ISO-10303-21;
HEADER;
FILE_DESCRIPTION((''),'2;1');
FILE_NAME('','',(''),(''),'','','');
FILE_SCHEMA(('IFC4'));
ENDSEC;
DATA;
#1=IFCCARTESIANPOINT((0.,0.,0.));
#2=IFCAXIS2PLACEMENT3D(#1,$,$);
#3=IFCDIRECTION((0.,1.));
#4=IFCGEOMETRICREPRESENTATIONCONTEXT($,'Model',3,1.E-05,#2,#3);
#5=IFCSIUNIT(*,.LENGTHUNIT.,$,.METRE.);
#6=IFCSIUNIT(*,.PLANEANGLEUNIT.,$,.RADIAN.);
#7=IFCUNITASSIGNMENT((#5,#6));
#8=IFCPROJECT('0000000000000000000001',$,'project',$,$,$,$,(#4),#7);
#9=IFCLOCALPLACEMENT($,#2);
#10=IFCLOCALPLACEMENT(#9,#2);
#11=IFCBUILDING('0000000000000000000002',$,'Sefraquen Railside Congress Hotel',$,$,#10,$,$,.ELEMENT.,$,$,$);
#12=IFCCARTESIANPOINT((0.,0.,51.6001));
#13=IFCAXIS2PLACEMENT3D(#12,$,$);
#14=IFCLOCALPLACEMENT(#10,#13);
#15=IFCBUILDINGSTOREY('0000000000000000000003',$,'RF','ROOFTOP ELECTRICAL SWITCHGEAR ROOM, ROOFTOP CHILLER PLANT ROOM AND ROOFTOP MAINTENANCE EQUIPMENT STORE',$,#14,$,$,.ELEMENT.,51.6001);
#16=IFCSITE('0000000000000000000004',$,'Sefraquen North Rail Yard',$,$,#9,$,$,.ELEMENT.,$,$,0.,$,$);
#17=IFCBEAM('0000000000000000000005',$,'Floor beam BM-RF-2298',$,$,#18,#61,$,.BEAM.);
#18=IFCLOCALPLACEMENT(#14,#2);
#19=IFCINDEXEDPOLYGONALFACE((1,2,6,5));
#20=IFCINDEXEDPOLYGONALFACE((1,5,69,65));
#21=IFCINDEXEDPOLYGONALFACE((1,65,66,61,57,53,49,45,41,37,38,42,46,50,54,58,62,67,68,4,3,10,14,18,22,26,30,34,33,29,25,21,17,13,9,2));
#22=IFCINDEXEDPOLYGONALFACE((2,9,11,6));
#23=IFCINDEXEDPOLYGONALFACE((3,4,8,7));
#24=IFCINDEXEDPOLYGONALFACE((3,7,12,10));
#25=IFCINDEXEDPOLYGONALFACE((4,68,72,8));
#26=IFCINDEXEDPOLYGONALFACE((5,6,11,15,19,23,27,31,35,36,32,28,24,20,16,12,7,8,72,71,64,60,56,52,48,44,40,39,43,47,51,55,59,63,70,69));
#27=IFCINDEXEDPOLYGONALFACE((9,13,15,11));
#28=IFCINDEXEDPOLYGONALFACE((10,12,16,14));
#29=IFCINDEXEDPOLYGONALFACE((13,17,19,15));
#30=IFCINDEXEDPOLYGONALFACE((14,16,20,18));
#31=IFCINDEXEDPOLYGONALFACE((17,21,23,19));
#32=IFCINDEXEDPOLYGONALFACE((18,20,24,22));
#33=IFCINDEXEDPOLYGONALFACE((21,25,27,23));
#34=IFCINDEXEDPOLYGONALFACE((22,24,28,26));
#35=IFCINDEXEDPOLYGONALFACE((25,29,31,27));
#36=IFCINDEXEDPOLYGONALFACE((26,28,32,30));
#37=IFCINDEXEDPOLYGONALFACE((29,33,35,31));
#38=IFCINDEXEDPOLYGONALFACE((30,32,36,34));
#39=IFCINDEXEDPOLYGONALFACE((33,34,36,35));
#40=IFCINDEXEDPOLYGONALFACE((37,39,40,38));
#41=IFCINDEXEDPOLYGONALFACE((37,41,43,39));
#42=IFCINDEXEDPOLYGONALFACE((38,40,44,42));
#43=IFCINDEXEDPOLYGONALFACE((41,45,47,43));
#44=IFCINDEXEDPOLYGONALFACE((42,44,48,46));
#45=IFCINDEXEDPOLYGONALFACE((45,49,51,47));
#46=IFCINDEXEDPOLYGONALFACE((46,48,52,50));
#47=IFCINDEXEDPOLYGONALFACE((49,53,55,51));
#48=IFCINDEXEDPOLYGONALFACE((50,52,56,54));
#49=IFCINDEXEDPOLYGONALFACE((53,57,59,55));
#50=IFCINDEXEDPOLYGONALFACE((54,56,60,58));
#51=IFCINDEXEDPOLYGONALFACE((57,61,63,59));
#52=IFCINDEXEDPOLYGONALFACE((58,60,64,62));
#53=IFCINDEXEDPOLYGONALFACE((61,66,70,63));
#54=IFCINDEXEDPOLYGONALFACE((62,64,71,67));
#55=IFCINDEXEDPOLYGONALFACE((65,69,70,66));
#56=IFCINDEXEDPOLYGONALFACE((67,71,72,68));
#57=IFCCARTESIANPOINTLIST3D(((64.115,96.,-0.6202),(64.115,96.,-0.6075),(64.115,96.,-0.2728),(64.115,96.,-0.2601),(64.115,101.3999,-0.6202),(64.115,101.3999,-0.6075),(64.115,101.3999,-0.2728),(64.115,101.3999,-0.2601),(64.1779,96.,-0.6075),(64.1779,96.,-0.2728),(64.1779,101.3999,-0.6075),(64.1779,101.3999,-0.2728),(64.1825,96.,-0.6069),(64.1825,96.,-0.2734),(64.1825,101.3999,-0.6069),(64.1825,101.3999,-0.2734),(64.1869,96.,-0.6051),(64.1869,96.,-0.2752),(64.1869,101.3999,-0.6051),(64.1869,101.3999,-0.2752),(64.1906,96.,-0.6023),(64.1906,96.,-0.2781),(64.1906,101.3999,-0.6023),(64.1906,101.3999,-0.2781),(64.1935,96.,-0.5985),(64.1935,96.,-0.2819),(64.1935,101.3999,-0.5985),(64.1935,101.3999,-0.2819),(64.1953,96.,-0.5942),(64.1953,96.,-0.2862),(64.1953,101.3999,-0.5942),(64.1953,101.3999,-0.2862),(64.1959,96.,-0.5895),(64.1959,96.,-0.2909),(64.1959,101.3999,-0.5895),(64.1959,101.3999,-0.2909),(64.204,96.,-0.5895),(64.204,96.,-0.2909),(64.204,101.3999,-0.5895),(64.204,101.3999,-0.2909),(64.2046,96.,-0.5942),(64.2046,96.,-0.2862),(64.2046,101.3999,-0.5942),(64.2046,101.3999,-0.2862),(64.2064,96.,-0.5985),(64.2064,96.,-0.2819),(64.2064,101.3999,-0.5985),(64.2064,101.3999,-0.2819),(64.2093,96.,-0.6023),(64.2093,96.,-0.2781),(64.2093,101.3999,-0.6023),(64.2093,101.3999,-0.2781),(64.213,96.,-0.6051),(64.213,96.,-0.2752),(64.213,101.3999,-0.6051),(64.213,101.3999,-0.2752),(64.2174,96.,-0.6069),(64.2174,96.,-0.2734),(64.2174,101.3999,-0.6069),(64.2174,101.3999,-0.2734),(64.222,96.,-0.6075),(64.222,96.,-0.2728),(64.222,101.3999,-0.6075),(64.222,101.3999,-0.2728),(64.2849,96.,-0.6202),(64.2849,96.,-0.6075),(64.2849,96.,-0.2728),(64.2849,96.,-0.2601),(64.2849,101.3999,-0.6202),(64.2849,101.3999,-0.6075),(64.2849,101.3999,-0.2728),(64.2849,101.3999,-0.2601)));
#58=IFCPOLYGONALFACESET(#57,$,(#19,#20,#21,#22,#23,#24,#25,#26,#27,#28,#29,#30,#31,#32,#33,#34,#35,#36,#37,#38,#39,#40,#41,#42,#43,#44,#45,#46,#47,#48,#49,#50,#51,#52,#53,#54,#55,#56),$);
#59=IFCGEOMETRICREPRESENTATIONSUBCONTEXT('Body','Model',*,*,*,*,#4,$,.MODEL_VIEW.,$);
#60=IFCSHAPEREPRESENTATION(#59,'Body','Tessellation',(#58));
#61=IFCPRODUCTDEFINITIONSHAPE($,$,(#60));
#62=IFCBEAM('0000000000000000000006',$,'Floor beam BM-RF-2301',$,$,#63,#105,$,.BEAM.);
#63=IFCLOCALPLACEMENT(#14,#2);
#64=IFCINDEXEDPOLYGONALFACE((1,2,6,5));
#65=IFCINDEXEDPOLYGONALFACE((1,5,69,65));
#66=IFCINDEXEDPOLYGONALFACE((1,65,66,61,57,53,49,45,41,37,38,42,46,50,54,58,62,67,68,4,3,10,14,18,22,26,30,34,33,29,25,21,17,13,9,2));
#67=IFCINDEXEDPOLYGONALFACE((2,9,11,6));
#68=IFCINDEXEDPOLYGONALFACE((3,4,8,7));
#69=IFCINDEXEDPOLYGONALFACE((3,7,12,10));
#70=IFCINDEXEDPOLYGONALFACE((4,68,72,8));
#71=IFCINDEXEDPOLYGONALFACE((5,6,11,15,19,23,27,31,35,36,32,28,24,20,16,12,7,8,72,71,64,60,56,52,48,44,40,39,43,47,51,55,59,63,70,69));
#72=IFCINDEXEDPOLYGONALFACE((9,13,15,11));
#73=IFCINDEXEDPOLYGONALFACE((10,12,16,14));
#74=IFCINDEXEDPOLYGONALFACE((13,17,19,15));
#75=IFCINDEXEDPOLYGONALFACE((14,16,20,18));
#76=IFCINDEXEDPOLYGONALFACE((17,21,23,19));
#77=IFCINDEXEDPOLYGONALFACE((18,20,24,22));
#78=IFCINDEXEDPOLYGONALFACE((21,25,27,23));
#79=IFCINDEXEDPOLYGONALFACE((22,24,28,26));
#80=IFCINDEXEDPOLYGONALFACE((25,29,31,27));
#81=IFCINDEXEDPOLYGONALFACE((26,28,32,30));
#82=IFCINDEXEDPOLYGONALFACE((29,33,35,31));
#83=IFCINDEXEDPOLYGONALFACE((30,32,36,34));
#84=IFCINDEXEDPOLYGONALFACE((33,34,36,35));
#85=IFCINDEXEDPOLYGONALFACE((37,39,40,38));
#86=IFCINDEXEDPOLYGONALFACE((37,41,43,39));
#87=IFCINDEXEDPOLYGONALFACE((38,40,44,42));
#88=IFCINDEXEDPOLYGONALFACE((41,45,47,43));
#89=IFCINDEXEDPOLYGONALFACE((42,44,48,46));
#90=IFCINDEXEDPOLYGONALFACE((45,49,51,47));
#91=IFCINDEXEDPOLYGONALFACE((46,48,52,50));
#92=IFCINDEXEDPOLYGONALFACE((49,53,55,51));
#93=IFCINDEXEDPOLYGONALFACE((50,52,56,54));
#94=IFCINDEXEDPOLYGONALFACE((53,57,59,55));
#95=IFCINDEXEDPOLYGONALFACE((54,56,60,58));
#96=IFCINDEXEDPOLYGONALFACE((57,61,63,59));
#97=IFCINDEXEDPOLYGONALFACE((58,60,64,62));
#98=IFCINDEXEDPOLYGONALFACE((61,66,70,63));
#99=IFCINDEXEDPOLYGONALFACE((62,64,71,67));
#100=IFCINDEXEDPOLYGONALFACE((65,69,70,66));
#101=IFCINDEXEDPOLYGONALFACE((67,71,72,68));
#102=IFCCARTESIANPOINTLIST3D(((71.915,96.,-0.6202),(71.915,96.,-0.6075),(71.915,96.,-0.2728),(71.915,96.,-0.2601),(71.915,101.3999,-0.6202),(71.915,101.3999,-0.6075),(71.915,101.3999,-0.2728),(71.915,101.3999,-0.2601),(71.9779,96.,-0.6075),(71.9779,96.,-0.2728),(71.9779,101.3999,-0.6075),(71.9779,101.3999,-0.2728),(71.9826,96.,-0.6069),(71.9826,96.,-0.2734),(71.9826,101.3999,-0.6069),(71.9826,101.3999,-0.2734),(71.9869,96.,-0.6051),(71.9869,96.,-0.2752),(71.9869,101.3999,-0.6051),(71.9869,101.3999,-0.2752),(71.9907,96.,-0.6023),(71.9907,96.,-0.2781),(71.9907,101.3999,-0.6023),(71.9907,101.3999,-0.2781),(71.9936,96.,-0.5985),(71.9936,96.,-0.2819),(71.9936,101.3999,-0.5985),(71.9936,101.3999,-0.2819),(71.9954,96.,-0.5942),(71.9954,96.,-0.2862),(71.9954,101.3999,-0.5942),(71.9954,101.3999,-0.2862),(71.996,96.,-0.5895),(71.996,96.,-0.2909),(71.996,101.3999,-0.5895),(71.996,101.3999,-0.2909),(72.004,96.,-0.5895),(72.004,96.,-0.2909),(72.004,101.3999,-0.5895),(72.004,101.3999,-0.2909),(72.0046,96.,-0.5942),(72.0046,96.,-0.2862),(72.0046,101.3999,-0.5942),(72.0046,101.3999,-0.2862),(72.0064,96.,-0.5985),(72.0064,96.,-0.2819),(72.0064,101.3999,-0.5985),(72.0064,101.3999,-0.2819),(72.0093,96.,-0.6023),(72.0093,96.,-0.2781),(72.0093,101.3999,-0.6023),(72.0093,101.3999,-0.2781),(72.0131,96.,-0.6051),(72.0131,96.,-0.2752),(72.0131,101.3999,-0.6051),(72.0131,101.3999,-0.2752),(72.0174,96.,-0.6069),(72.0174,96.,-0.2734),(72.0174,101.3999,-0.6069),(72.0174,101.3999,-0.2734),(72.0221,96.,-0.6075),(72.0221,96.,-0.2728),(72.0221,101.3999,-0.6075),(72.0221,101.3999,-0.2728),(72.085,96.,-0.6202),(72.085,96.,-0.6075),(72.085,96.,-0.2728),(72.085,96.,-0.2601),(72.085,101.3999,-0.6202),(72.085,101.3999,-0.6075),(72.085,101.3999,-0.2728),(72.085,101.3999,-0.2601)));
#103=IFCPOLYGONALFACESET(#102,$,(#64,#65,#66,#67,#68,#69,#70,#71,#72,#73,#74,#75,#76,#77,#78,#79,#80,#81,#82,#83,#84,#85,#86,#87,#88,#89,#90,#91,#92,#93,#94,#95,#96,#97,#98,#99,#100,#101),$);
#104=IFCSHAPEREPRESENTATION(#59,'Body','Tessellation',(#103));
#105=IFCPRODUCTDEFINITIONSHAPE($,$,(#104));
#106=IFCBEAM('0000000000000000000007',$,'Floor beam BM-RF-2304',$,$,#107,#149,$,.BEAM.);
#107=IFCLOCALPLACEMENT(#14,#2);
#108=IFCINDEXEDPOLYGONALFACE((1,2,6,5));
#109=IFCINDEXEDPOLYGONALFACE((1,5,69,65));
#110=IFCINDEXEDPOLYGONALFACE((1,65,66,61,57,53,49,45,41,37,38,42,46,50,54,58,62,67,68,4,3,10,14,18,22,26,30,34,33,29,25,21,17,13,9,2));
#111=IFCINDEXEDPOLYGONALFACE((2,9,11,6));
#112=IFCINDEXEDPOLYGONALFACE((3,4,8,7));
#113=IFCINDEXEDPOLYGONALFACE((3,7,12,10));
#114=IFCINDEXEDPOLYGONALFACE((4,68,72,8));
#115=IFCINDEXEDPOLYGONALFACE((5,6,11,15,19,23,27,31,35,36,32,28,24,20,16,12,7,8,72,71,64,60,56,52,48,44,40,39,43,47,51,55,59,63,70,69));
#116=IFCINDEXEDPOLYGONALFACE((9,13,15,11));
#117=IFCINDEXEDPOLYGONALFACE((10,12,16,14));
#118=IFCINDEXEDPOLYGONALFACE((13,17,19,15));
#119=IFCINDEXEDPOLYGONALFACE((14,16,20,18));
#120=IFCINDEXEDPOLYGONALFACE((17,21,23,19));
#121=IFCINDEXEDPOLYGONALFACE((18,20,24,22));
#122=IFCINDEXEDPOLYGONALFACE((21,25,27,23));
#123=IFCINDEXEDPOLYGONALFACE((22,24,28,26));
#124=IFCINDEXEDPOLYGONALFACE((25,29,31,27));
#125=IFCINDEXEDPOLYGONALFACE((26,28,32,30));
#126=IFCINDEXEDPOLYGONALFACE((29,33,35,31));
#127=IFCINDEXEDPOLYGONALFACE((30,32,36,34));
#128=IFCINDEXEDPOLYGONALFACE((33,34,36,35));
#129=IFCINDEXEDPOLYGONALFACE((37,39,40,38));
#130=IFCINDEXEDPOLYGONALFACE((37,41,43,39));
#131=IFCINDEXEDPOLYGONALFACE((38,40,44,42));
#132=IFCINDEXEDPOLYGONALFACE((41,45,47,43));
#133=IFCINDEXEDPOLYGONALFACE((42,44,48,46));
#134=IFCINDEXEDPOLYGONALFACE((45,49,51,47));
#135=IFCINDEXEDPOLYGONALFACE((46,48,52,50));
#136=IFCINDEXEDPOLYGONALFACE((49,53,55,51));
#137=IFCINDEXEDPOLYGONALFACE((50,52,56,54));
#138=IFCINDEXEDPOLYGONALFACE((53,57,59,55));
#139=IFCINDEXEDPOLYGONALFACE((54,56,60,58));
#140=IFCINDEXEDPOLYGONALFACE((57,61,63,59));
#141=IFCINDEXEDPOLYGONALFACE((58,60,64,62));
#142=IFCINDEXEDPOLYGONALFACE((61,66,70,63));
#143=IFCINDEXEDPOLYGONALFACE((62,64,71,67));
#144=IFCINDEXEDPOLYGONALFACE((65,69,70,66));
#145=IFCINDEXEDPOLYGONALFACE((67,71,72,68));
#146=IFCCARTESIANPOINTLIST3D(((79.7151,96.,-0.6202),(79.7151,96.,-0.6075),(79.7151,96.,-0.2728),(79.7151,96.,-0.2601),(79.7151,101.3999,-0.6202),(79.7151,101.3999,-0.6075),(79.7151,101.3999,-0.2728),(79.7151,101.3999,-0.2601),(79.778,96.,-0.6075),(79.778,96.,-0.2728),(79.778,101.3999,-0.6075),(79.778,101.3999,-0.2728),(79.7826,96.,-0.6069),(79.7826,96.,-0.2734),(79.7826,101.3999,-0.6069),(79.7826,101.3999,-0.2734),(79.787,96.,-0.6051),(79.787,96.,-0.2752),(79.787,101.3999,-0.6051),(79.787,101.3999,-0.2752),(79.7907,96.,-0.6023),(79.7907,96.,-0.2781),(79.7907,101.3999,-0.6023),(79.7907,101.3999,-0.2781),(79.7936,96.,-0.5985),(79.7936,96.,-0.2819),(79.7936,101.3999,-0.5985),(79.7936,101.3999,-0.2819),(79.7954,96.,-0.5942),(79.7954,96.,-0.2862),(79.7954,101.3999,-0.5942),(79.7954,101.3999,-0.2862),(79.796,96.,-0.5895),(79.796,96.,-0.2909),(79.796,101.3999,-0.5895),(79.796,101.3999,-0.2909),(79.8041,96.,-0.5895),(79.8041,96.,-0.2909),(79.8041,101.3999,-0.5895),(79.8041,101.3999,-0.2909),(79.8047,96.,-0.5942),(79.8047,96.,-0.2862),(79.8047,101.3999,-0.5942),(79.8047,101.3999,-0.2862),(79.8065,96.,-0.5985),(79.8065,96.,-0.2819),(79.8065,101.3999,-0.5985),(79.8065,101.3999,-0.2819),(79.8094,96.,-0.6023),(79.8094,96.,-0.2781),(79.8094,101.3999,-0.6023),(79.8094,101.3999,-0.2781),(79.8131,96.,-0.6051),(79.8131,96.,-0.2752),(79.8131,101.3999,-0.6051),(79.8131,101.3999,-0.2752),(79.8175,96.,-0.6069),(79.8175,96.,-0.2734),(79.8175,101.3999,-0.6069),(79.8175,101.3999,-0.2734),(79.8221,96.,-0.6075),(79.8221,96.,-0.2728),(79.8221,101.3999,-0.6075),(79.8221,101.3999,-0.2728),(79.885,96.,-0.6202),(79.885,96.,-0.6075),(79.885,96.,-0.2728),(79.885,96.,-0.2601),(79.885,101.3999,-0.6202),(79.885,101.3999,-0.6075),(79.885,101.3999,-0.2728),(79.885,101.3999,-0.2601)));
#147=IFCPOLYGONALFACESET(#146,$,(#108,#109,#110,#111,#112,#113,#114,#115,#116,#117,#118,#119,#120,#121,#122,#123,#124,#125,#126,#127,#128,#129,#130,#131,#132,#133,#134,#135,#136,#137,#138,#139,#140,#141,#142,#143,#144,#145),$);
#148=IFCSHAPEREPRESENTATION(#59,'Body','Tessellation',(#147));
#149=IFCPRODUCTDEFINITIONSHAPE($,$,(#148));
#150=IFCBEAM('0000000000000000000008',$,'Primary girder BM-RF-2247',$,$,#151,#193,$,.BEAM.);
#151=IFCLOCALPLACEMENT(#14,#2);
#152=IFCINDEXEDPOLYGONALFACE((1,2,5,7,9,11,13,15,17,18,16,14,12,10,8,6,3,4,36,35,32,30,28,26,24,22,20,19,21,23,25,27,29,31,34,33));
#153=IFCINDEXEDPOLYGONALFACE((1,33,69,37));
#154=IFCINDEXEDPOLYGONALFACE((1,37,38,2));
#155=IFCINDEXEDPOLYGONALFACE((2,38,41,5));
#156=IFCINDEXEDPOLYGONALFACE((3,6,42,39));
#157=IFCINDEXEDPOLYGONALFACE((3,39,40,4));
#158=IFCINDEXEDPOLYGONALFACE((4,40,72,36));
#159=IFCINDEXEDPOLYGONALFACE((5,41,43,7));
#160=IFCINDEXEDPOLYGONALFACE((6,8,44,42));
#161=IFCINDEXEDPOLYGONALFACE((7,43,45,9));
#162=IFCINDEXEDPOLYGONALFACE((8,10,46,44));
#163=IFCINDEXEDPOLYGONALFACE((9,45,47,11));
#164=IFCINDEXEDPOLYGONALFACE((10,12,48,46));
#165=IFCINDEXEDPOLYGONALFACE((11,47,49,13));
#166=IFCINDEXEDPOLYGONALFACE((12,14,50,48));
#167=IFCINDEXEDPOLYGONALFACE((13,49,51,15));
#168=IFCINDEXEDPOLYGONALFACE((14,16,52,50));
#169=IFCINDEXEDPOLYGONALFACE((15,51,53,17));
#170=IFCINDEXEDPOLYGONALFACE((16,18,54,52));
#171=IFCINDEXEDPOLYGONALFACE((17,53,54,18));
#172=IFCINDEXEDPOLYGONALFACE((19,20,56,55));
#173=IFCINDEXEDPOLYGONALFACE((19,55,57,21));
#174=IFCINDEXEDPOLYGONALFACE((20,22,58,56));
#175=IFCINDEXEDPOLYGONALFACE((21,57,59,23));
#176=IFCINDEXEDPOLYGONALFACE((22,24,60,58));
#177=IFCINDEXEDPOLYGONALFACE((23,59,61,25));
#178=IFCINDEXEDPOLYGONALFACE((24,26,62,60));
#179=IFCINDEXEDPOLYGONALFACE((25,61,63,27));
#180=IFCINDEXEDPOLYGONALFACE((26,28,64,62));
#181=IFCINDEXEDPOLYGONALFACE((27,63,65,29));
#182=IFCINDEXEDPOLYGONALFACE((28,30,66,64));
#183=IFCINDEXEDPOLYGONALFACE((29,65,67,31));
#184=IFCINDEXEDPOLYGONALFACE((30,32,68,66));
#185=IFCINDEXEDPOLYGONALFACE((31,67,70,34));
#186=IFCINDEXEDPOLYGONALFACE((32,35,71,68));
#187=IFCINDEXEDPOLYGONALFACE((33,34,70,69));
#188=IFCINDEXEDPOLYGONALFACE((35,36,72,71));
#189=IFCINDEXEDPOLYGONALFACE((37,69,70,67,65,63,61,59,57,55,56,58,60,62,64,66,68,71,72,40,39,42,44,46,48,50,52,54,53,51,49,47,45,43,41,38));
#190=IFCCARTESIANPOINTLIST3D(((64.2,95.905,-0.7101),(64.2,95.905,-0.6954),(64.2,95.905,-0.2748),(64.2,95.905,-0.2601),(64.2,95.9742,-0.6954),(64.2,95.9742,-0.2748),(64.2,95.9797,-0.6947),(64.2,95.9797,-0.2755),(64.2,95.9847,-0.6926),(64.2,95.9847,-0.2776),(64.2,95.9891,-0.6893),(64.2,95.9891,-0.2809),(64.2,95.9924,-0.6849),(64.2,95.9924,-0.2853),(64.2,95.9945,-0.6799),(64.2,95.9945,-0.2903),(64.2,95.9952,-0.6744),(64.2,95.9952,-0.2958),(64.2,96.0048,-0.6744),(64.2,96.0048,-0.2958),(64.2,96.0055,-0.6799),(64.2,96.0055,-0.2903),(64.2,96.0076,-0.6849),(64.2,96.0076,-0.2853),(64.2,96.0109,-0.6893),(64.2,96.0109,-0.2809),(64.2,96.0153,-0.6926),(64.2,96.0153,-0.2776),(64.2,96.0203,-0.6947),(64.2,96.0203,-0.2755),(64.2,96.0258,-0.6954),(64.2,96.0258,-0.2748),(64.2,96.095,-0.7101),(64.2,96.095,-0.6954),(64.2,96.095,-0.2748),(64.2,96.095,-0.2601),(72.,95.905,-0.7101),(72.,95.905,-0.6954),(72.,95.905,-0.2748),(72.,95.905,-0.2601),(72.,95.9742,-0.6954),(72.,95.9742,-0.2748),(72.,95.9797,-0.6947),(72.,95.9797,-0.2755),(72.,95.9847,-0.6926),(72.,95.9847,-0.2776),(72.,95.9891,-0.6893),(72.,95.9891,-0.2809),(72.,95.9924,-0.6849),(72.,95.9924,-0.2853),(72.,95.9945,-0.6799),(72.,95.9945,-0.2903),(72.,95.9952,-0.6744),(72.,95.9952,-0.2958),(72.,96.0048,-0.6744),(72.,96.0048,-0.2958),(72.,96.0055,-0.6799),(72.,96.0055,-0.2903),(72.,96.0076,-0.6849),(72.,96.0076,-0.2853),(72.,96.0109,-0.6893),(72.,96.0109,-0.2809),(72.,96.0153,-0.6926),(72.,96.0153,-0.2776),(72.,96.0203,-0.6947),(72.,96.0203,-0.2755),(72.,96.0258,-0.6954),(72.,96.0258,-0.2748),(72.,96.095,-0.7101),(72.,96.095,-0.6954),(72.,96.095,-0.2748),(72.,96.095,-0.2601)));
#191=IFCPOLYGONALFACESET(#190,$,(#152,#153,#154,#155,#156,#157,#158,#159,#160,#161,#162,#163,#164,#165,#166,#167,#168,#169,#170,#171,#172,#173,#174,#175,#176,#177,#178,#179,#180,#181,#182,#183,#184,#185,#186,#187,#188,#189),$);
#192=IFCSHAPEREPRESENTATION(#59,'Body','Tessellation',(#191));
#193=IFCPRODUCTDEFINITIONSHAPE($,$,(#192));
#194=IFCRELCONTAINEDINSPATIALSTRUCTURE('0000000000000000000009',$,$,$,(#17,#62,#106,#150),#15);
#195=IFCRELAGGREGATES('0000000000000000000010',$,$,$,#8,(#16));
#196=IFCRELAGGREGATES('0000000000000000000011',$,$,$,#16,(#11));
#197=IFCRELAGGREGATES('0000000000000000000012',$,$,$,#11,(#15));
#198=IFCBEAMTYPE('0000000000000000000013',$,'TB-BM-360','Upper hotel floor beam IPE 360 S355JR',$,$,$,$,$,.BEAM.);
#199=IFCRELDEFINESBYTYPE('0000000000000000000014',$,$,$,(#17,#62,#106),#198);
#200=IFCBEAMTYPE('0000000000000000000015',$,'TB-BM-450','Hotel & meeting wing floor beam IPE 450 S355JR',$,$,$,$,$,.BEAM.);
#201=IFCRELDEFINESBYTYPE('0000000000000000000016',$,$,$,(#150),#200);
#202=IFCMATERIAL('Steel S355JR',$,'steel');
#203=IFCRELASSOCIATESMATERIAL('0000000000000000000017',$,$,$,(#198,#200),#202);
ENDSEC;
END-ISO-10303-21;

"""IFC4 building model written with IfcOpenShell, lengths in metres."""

from ifc_helpers import new_model, si_unit, direction, frame, origin, origin_2d, place, context, subcontext, project, spatial, i_section, extrude, material, material_profile, profile_set, type_object, element, save


model = new_model("IFC4")

# Units and contexts
model_context = context("Model", 3, precision=1e-05, world=origin(), true_north=direction((0.0, 1.0)))
body_context = subcontext(model_context, "Body", "Model", "MODEL_VIEW")
ifc_project = project(units=[si_unit("LENGTHUNIT", "METRE"), si_unit("PLANEANGLEUNIT", "RADIAN")], contexts=[model_context])

# Site, building, storey
site_placement = place(None, origin())
site = spatial("IfcSite", under=ifc_project, at=site_placement, Name="Sefraquen North Rail Yard", CompositionType="ELEMENT", RefElevation=0.0)
building_placement = place(site_placement, origin())
building = spatial("IfcBuilding", under=site, at=building_placement, Name="Sefraquen Railside Congress Hotel", CompositionType="ELEMENT")
storey_placement = place(building_placement, frame((0.0, 0.0, 51.6001)))
storey = spatial("IfcBuildingStorey", under=building, at=storey_placement, Name="RF", Description="ROOFTOP ELECTRICAL SWITCHGEAR ROOM, ROOFTOP CHILLER PLANT ROOM AND ROOFTOP MAINTENANCE EQUIPMENT STORE", CompositionType="ELEMENT", Elevation=51.6001)

# Beams
ifc_material_1 = material(Name="Steel S355JR", Category="steel")
ifc_material_profile_1 = material_profile(ifc_material_1, i_section(OverallWidth=0.1699, OverallDepth=0.3601, WebThickness=0.0081, FlangeThickness=0.0127, FilletRadius=0.0181, at=origin_2d()), Name="IPE 360")
ifc_profile_set_1 = profile_set([ifc_material_profile_1], Name="Steel S355JR")
beam_type_1 = type_object("IfcBeamType", Name="TB-BM-360", Description="Upper hotel floor beam IPE 360 S355JR", PredefinedType="BEAM", material=ifc_profile_set_1)
for number, where, z_axis, x_axis, name in (
    (1, (64.2, 96.0, -0.4402), (0.0, 1.0, 0.0), (-1.0, 0.0, 0.0), "Floor beam BM-RF-2298"),
    (2, (72.0, 96.0, -0.4402), (0.0, 1.0, 0.0), (-1.0, 0.0, 0.0), "Floor beam BM-RF-2301"),
    (3, (79.8, 96.0, -0.4402), (0.0, 1.0, 0.0), (-1.0, 0.0, 0.0), "Floor beam BM-RF-2304"),
):
    element("IfcBeam", number, at=place(storey_placement, frame(where, z_axis=z_axis, x_axis=x_axis)), inside=storey, type_object=beam_type_1, Name=name, PredefinedType="BEAM", context=body_context, shape_type="SweptSolid", body=[
        extrude(i_section(OverallWidth=0.1699, OverallDepth=0.3601, WebThickness=0.0081, FlangeThickness=0.0127, FilletRadius=0.0181, at=origin_2d()), origin(), (0.0, 0.0, 1.0), 5.3999),
    ])
ifc_material_profile_2 = material_profile(ifc_material_1, i_section(OverallWidth=0.1899, OverallDepth=0.45, WebThickness=0.0095, FlangeThickness=0.0146, FilletRadius=0.021, at=origin_2d()), Name="IPE 450")
ifc_profile_set_2 = profile_set([ifc_material_profile_2], Name="Steel S355JR")
beam_type_2 = type_object("IfcBeamType", Name="TB-BM-450", Description="Hotel & meeting wing floor beam IPE 450 S355JR", PredefinedType="BEAM", material=ifc_profile_set_2)
for number, where, z_axis, x_axis, name in (
    (4, (64.2, 96.0, -0.4851), (1.0, 0.0, 0.0), (0.0, 1.0, 0.0), "Primary girder BM-RF-2247"),
):
    element("IfcBeam", number, at=place(storey_placement, frame(where, z_axis=z_axis, x_axis=x_axis)), inside=storey, type_object=beam_type_2, Name=name, PredefinedType="BEAM", context=body_context, shape_type="SweptSolid", body=[
        extrude(i_section(OverallWidth=0.1899, OverallDepth=0.45, WebThickness=0.0095, FlangeThickness=0.0146, FilletRadius=0.021, at=origin_2d()), origin(), (0.0, 0.0, 1.0), 7.8),
    ])

save(model, "model.ifc")
